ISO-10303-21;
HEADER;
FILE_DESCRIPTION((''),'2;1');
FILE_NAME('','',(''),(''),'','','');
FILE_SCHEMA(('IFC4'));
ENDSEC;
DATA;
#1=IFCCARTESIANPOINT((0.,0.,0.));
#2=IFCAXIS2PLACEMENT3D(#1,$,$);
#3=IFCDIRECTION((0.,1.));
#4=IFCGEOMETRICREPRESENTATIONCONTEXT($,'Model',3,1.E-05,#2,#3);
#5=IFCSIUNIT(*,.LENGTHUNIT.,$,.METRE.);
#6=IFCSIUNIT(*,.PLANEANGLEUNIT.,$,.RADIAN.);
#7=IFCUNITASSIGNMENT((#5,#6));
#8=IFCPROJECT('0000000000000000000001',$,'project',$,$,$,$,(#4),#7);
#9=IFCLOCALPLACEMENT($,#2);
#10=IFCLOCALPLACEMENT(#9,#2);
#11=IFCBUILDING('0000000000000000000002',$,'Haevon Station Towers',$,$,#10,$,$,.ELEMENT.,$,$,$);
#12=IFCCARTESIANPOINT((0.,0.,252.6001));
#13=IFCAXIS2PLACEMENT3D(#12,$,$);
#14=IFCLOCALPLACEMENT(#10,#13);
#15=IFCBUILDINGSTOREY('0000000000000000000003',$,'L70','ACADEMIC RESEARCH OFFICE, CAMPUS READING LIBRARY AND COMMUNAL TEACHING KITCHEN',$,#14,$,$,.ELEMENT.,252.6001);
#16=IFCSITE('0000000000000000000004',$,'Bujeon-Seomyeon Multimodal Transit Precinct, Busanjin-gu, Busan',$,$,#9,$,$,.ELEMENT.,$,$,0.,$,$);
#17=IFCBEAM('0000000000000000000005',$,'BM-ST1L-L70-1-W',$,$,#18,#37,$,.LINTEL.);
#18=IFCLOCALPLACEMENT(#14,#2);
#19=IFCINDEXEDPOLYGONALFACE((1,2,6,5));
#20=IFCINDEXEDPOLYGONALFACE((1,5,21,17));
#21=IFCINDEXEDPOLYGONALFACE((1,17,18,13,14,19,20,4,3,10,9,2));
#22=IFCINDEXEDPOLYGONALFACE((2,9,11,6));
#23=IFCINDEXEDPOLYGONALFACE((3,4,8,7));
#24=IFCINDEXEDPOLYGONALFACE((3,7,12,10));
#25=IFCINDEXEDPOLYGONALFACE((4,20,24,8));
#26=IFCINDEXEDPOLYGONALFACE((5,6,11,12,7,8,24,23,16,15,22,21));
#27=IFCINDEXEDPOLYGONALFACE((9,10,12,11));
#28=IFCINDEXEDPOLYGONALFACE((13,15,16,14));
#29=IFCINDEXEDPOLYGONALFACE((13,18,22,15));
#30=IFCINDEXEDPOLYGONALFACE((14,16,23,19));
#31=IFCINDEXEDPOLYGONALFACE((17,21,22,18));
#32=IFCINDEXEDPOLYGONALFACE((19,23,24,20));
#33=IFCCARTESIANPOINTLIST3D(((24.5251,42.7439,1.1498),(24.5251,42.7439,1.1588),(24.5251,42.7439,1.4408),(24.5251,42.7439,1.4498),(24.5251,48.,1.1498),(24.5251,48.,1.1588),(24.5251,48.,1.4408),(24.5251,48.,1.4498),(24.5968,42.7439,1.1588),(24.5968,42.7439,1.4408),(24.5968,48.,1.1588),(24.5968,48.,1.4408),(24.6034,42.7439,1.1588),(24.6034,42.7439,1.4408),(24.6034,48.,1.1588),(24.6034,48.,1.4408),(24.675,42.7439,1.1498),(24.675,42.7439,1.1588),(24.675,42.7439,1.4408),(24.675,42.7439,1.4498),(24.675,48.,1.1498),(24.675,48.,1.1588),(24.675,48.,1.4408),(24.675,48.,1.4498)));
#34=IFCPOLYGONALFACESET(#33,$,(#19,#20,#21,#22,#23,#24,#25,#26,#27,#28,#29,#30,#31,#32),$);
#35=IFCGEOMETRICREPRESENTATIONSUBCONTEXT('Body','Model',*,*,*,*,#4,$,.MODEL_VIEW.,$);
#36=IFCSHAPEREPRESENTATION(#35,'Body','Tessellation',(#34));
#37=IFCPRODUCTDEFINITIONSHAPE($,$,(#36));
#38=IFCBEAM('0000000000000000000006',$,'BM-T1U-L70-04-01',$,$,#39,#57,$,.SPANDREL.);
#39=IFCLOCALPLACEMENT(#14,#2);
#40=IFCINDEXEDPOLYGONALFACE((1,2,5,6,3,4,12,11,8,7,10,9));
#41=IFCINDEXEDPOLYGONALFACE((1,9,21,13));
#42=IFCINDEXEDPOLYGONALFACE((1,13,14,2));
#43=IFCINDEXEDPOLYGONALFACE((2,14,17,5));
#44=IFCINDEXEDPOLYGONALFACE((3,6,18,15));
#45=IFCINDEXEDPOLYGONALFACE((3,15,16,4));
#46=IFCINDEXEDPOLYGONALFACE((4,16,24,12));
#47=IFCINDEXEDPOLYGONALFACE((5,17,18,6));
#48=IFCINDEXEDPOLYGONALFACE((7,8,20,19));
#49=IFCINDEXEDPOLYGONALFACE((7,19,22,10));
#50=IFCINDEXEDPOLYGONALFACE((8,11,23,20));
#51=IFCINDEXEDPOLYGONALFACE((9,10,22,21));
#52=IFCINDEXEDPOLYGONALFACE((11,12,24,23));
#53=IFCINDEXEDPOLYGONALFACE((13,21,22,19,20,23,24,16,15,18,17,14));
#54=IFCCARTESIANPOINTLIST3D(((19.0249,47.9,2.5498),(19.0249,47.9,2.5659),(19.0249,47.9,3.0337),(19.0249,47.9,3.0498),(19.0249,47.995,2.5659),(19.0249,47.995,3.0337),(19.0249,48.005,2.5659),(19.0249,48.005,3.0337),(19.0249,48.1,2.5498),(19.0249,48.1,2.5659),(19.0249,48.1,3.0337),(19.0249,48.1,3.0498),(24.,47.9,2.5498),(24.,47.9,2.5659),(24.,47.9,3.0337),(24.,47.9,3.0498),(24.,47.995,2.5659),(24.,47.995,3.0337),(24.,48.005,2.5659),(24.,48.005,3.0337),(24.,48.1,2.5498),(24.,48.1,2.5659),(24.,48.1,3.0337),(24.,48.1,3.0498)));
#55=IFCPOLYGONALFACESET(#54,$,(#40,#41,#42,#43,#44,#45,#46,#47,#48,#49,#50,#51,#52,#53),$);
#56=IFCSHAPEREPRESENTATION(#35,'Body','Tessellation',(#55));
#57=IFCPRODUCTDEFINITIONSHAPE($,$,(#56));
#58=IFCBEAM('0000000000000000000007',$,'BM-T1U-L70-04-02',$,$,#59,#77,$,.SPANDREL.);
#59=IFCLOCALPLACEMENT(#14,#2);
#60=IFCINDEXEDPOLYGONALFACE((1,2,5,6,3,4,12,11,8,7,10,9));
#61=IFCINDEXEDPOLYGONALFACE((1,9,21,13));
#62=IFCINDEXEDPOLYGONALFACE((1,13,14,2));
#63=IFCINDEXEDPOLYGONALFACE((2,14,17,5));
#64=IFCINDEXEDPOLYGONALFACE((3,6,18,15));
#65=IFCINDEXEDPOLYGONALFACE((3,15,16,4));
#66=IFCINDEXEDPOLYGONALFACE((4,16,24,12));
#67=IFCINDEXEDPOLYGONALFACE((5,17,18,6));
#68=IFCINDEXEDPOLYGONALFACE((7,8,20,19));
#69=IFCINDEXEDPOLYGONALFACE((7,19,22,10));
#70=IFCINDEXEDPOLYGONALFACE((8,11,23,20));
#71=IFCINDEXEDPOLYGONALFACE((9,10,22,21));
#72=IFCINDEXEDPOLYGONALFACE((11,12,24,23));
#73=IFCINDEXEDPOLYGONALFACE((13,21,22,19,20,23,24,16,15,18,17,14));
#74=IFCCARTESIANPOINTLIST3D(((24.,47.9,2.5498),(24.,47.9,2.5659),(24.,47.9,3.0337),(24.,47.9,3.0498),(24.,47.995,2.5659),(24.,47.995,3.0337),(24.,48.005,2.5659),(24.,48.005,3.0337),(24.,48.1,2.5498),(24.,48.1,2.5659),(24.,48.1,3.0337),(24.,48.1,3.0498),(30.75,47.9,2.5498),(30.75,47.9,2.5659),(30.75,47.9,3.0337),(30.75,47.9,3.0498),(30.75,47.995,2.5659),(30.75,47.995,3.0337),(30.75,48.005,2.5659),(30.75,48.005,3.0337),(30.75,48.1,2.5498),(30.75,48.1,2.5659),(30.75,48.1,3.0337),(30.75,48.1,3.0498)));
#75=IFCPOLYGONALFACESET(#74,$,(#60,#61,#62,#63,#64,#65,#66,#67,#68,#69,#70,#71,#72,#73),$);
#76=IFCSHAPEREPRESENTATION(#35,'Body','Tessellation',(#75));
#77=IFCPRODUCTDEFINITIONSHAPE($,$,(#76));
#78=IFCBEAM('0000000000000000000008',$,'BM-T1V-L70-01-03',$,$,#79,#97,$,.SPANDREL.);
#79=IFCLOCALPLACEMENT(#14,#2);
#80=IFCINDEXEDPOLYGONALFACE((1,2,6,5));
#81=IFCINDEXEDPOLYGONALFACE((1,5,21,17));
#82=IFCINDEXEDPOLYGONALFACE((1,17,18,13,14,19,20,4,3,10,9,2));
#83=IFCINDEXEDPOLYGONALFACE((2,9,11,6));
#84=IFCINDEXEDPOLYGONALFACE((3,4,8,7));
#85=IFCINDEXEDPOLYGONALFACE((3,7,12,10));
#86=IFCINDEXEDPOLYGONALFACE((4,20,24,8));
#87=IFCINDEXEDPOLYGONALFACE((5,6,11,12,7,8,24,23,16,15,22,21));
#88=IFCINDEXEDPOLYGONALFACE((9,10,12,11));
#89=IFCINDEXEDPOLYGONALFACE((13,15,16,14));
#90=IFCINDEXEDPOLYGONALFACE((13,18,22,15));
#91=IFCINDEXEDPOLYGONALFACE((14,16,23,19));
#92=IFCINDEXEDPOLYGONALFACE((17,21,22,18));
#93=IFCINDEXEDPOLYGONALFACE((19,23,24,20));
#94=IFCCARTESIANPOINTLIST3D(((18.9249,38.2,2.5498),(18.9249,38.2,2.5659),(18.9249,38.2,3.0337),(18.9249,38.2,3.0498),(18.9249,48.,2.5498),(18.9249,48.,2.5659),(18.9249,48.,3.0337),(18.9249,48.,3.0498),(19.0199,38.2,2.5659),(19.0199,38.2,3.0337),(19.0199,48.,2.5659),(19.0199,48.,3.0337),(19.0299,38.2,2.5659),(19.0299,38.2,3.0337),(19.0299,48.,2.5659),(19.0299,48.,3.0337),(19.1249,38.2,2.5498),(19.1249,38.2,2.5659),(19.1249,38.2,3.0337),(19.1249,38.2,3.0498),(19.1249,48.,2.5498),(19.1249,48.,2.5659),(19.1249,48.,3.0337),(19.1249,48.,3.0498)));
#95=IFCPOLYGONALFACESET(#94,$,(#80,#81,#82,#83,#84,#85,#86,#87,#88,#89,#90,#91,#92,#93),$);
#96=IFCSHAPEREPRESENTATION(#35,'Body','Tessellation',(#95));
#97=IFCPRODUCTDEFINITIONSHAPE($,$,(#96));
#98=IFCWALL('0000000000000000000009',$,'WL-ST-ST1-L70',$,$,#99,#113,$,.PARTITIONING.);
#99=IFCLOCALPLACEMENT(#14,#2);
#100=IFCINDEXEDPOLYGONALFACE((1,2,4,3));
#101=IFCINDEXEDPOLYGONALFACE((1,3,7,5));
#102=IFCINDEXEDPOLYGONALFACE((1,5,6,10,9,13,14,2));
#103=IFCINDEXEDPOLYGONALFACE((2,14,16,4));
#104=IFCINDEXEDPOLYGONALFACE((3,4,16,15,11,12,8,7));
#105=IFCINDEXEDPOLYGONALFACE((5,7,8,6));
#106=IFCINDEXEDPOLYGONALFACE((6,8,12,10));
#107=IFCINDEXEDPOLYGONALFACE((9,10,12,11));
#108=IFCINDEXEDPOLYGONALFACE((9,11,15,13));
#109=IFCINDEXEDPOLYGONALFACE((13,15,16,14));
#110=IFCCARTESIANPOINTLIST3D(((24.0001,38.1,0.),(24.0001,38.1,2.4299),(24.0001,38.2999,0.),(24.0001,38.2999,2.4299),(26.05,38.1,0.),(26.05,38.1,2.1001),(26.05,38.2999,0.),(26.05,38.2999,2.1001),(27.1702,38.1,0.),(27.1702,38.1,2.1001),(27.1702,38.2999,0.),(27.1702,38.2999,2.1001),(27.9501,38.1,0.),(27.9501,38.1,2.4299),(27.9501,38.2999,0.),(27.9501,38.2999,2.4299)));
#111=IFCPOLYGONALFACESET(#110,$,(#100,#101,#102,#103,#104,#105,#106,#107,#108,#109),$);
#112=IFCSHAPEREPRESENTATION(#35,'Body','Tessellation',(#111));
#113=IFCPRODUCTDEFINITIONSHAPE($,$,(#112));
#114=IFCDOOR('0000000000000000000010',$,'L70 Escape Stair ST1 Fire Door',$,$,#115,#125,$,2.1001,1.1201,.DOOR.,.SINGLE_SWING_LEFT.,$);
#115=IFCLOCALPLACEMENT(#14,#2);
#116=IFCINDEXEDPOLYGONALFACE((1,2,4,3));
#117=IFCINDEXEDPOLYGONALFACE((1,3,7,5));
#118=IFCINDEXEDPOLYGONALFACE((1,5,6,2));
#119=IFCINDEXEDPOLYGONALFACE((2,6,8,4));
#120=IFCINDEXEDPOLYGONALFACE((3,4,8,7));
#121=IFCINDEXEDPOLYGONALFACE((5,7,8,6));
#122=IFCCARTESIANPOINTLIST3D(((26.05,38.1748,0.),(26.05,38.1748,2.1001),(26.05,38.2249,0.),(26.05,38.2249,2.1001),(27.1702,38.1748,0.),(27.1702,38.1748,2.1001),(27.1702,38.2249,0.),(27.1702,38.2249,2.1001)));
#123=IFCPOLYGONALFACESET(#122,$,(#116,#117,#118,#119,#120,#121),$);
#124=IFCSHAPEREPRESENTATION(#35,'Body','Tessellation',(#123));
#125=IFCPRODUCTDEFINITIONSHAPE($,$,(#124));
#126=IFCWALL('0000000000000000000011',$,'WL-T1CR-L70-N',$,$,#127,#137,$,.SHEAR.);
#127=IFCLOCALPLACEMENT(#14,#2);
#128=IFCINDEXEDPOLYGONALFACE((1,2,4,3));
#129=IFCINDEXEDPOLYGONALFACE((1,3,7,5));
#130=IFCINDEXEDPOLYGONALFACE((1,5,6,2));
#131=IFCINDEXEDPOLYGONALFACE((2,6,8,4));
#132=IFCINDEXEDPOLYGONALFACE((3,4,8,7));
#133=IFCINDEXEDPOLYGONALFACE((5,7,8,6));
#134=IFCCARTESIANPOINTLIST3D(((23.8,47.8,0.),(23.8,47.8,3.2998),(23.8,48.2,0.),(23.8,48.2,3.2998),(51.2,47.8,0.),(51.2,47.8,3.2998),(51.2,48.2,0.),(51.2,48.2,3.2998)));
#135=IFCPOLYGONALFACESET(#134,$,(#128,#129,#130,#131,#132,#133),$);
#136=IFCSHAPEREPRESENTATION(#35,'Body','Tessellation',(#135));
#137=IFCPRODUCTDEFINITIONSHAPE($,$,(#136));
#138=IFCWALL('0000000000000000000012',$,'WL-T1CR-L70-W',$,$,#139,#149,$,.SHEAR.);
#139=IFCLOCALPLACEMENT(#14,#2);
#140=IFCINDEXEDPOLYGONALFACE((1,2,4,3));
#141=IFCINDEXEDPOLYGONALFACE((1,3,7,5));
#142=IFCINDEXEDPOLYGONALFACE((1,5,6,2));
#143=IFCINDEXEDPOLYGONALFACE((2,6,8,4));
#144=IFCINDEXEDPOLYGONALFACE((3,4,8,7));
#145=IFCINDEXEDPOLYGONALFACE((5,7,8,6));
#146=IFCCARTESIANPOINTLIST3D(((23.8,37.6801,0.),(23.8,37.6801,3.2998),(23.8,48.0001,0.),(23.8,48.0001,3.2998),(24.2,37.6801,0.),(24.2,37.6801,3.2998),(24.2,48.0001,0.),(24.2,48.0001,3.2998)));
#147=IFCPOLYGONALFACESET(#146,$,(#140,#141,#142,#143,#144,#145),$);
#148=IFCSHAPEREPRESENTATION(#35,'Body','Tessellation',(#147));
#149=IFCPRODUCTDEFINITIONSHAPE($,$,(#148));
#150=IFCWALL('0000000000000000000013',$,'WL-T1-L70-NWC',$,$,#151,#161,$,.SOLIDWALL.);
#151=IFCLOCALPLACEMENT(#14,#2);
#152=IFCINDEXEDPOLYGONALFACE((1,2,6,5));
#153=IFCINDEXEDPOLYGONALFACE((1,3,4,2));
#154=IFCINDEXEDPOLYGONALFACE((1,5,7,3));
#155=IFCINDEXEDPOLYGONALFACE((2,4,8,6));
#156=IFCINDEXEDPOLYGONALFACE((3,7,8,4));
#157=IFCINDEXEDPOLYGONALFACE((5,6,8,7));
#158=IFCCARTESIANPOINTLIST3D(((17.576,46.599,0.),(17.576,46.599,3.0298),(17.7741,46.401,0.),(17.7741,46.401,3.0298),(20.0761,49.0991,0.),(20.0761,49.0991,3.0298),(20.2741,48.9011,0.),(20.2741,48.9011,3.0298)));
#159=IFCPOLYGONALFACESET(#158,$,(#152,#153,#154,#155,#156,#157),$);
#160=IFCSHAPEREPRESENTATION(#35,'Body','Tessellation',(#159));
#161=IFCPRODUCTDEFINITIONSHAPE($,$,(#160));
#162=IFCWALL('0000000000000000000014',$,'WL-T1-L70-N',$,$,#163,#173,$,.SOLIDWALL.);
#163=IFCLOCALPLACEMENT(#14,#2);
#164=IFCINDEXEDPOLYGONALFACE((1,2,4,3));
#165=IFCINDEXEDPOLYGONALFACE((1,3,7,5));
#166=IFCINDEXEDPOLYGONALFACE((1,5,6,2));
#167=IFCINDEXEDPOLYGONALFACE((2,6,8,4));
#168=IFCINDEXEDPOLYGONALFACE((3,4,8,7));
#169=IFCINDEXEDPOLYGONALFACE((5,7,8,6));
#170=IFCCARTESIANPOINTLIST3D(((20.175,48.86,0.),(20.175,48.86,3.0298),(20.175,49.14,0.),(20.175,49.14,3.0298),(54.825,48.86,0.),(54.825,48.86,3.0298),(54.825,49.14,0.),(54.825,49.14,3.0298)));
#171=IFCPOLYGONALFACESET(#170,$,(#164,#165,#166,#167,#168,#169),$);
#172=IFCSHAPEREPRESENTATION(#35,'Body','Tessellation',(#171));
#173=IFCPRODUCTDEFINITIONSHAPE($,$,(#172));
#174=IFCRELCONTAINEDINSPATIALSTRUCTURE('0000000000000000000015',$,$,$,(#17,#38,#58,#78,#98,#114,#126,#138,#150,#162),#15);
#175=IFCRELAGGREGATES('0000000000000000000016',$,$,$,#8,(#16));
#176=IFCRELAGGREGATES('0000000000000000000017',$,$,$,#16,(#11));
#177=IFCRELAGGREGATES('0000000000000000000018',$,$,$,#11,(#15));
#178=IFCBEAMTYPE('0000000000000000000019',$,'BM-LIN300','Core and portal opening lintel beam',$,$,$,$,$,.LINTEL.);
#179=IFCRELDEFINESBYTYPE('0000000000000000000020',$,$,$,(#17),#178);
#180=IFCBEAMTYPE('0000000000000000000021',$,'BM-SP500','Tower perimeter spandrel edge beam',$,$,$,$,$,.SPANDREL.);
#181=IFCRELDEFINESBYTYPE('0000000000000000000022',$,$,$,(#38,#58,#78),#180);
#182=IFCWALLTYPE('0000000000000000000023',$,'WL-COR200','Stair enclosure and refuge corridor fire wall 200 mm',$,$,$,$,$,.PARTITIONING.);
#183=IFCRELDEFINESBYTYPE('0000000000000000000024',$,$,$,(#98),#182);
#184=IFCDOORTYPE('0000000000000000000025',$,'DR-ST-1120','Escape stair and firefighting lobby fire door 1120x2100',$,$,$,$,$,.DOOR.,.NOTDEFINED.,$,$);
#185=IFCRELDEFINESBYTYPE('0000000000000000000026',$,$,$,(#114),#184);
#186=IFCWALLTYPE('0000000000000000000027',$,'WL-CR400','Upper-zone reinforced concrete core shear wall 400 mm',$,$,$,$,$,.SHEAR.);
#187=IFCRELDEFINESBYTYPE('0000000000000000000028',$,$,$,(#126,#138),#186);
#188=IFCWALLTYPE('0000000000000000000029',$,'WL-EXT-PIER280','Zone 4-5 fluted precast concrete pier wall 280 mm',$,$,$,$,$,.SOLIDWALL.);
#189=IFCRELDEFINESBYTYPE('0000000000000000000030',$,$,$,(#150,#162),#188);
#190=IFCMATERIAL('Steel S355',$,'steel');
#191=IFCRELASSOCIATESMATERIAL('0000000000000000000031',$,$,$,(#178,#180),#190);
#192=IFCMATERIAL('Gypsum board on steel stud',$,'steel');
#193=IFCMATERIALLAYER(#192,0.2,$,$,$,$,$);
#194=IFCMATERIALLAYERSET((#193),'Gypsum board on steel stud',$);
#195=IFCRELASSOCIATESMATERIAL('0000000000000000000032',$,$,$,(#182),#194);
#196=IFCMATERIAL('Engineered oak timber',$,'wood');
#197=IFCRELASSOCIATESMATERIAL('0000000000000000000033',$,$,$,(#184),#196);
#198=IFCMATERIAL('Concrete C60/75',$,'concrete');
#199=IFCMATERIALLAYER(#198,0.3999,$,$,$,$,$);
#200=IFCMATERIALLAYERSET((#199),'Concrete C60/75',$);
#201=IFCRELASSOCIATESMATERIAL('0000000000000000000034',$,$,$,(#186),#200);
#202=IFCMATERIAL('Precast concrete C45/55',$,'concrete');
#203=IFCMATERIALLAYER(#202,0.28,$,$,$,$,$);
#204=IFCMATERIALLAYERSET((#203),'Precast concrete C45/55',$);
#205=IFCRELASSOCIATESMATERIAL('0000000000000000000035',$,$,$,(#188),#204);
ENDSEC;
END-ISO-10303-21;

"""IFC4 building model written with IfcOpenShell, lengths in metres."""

from ifc_helpers import new_model, si_unit, direction, frame, frame_2d, origin, origin_2d, place, context, subcontext, project, spatial, rectangle, i_section, extrude, material, layer, layer_set, material_profile, profile_set, type_object, element, fill, save


model = new_model("IFC4")

# Units and contexts
model_context = context("Model", 3, precision=1e-05, world=origin(), true_north=direction((0.0, 1.0)))
body_context = subcontext(model_context, "Body", "Model", "MODEL_VIEW")
ifc_project = project(units=[si_unit("LENGTHUNIT", "METRE"), si_unit("PLANEANGLEUNIT", "RADIAN")], contexts=[model_context])

# Site, building, storey
site_placement = place(None, origin())
site = spatial("IfcSite", under=ifc_project, at=site_placement, Name="Bujeon-Seomyeon Multimodal Transit Precinct, Busanjin-gu, Busan", CompositionType="ELEMENT", RefElevation=0.0)
building_placement = place(site_placement, origin())
building = spatial("IfcBuilding", under=site, at=building_placement, Name="Haevon Station Towers", CompositionType="ELEMENT")
storey_placement = place(building_placement, frame((0.0, 0.0, 252.6001)))
storey = spatial("IfcBuildingStorey", under=building, at=storey_placement, Name="L70", Description="ACADEMIC RESEARCH OFFICE, CAMPUS READING LIBRARY AND COMMUNAL TEACHING KITCHEN", CompositionType="ELEMENT", Elevation=252.6001)

# Shared definitions
ifc_material_1 = material(Name="Steel S355", Category="steel")

# Beams
ifc_material_profile_1 = material_profile(ifc_material_1, i_section(OverallWidth=0.1499, OverallDepth=0.3, WebThickness=0.0066, FlangeThickness=0.009, at=origin_2d()), Name="H-300x150x6.5x9")
ifc_profile_set_1 = profile_set([ifc_material_profile_1], Name="Steel S355")
beam_type_1 = type_object("IfcBeamType", Name="BM-LIN300", Description="Core and portal opening lintel beam", PredefinedType="LINTEL", material=ifc_profile_set_1)
beam_1_placement = place(storey_placement, frame((24.6001, 42.7439, 1.2998), z_axis=(0.0, 1.0, 0.0), x_axis=(-1.0, 0.0, 0.0)))
element("IfcBeam", 1, at=beam_1_placement, inside=storey, type_object=beam_type_1, Name="BM-ST1L-L70-1-W", PredefinedType="LINTEL", context=body_context, shape_type="SweptSolid", body=[
    extrude(i_section(OverallWidth=0.1499, OverallDepth=0.3, WebThickness=0.0066, FlangeThickness=0.009, at=origin_2d()), origin(), (0.0, 0.0, 1.0), 5.2561),
])
ifc_material_profile_2 = material_profile(ifc_material_1, i_section(OverallWidth=0.2, OverallDepth=0.5, WebThickness=0.01, FlangeThickness=0.0161, at=origin_2d()), Name="H-500x200x10x16")
ifc_profile_set_2 = profile_set([ifc_material_profile_2], Name="Steel S355")
beam_type_2 = type_object("IfcBeamType", Name="BM-SP500", Description="Tower perimeter spandrel edge beam", PredefinedType="SPANDREL", material=ifc_profile_set_2)
beam_2_placement = place(storey_placement, frame((19.0249, 48.0, 2.7998), z_axis=(1.0, 0.0, 0.0), x_axis=(0.0, 1.0, 0.0)))
element("IfcBeam", 2, at=beam_2_placement, inside=storey, type_object=beam_type_2, Name="BM-T1U-L70-04-01", PredefinedType="SPANDREL", context=body_context, shape_type="SweptSolid", body=[
    extrude(i_section(OverallWidth=0.2, OverallDepth=0.5, WebThickness=0.01, FlangeThickness=0.0161, at=origin_2d()), origin(), (0.0, 0.0, 1.0), 4.9751),
])
beam_3_placement = place(storey_placement, frame((24.0, 48.0, 2.7998), z_axis=(1.0, 0.0, 0.0), x_axis=(0.0, 1.0, 0.0)))
element("IfcBeam", 3, at=beam_3_placement, inside=storey, type_object=beam_type_2, Name="BM-T1U-L70-04-02", PredefinedType="SPANDREL", context=body_context, shape_type="SweptSolid", body=[
    extrude(i_section(OverallWidth=0.2, OverallDepth=0.5, WebThickness=0.01, FlangeThickness=0.0161, at=origin_2d()), origin(), (0.0, 0.0, 1.0), 6.75),
])
beam_4_placement = place(storey_placement, frame((19.0249, 38.2, 2.7998), z_axis=(0.0, 1.0, 0.0), x_axis=(-1.0, 0.0, 0.0)))
element("IfcBeam", 4, at=beam_4_placement, inside=storey, type_object=beam_type_2, Name="BM-T1V-L70-01-03", PredefinedType="SPANDREL", context=body_context, shape_type="SweptSolid", body=[
    extrude(i_section(OverallWidth=0.2, OverallDepth=0.5, WebThickness=0.01, FlangeThickness=0.0161, at=origin_2d()), origin(), (0.0, 0.0, 1.0), 9.8),
])

# Wall, opening, door
ifc_material_2 = material(Name="Gypsum board on steel stud", Category="steel")
ifc_layer_1 = layer(ifc_material_2, 0.2)
ifc_layer_set_1 = layer_set([ifc_layer_1], Name="Gypsum board on steel stud")
wall_type_1 = type_object("IfcWallType", Name="WL-COR200", Description="Stair enclosure and refuge corridor fire wall 200 mm", PredefinedType="PARTITIONING", material=ifc_layer_set_1)
wall_1_placement = place(storey_placement, frame((24.0, 38.2, 0.0), z_axis=(0.0, 0.0, 1.0), x_axis=(1.0, 0.0, 0.0)))
wall_1 = element("IfcWall", 5, at=wall_1_placement, inside=storey, type_object=wall_type_1, Name="WL-ST-ST1-L70", PredefinedType="PARTITIONING", context=body_context, shape_type="SweptSolid", body=[
    extrude(rectangle(XDim=3.95, YDim=0.2, at=frame_2d((1.9751, 0.0))), origin(), (0.0, 0.0, 1.0), 2.4299),
])
opening_placement = place(wall_1_placement, frame((2.05, 0.0, 0.0)))
opening = element("IfcOpeningElement", 6, at=opening_placement, cuts=wall_1, PredefinedType="OPENING", context=body_context, shape_type="SweptSolid", body=[
    extrude(rectangle(XDim=1.1201, YDim=2.1001, at=frame_2d((0.5601, 1.05))), frame((0.0, 0.1099, 0.0), z_axis=(0.0, -1.0, 0.0), x_axis=(1.0, 0.0, 0.0)), (0.0, 0.0, 1.0), 0.22),
])
ifc_material_3 = material(Name="Engineered oak timber", Category="wood")
door_type = type_object("IfcDoorType", Name="DR-ST-1120", Description="Escape stair and firefighting lobby fire door 1120x2100", OperationType="NOTDEFINED", PredefinedType="DOOR", material=ifc_material_3)
door_placement = place(opening_placement, origin())
door = element("IfcDoor", 7, at=door_placement, inside=storey, type_object=door_type, Name="L70 Escape Stair ST1 Fire Door", OperationType="SINGLE_SWING_LEFT", OverallHeight=2.1001, OverallWidth=1.1201, PredefinedType="DOOR", context=body_context, shape_type="SweptSolid", body=[
    extrude(rectangle(XDim=1.1201, YDim=2.1001, at=frame_2d((0.5601, 1.05))), frame((0.0, 0.0249, 0.0), z_axis=(0.0, -1.0, 0.0), x_axis=(1.0, 0.0, 0.0)), (0.0, 0.0, 1.0), 0.05),
])
fill(opening, door)

# Walls
ifc_material_4 = material(Name="Concrete C60/75", Category="concrete")
ifc_layer_2 = layer(ifc_material_4, 0.3999)
ifc_layer_set_2 = layer_set([ifc_layer_2], Name="Concrete C60/75")
wall_type_2 = type_object("IfcWallType", Name="WL-CR400", Description="Upper-zone reinforced concrete core shear wall 400 mm", PredefinedType="SHEAR", material=ifc_layer_set_2)
wall_2_placement = place(storey_placement, frame((23.8, 48.0, 0.0), z_axis=(0.0, 0.0, 1.0), x_axis=(1.0, 0.0, 0.0)))
element("IfcWall", 8, at=wall_2_placement, inside=storey, type_object=wall_type_2, Name="WL-T1CR-L70-N", PredefinedType="SHEAR", context=body_context, shape_type="SweptSolid", body=[
    extrude(rectangle(XDim=27.3999, YDim=0.3999, at=frame_2d((13.7, 0.0))), origin(), (0.0, 0.0, 1.0), 3.2998),
])
wall_3_placement = place(storey_placement, frame((24.0, 37.6799, 0.0), z_axis=(0.0, 0.0, 1.0), x_axis=(0.0, 1.0, 0.0)))
element("IfcWall", 9, at=wall_3_placement, inside=storey, type_object=wall_type_2, Name="WL-T1CR-L70-W", PredefinedType="SHEAR", context=body_context, shape_type="SweptSolid", body=[
    extrude(rectangle(XDim=10.3201, YDim=0.3999, at=frame_2d((5.1602, 0.0))), origin(), (0.0, 0.0, 1.0), 3.2998),
])
ifc_material_5 = material(Name="Precast concrete C45/55", Category="concrete")
ifc_layer_3 = layer(ifc_material_5, 0.28)
ifc_layer_set_3 = layer_set([ifc_layer_3], Name="Precast concrete C45/55")
wall_type_3 = type_object("IfcWallType", Name="WL-EXT-PIER280", Description="Zone 4-5 fluted precast concrete pier wall 280 mm", PredefinedType="SOLIDWALL", material=ifc_layer_set_3)
wall_4_placement = place(storey_placement, frame((17.675, 46.5, 0.0), z_axis=(0.0, 0.0, 1.0), x_axis=(0.707107, 0.707107, 0.0)))
element("IfcWall", 10, at=wall_4_placement, inside=storey, type_object=wall_type_3, Name="WL-T1-L70-NWC", PredefinedType="SOLIDWALL", context=body_context, shape_type="SweptSolid", body=[
    extrude(rectangle(XDim=3.5356, YDim=0.28, at=frame_2d((1.7678, 0.0))), origin(), (0.0, 0.0, 1.0), 3.0298),
])
wall_5_placement = place(storey_placement, frame((20.175, 49.0, 0.0), z_axis=(0.0, 0.0, 1.0), x_axis=(1.0, 0.0, 0.0)))
element("IfcWall", 11, at=wall_5_placement, inside=storey, type_object=wall_type_3, Name="WL-T1-L70-N", PredefinedType="SOLIDWALL", context=body_context, shape_type="SweptSolid", body=[
    extrude(rectangle(XDim=34.6499, YDim=0.28, at=frame_2d((17.325, 0.0))), origin(), (0.0, 0.0, 1.0), 3.0298),
])

save(model, "model.ifc")
